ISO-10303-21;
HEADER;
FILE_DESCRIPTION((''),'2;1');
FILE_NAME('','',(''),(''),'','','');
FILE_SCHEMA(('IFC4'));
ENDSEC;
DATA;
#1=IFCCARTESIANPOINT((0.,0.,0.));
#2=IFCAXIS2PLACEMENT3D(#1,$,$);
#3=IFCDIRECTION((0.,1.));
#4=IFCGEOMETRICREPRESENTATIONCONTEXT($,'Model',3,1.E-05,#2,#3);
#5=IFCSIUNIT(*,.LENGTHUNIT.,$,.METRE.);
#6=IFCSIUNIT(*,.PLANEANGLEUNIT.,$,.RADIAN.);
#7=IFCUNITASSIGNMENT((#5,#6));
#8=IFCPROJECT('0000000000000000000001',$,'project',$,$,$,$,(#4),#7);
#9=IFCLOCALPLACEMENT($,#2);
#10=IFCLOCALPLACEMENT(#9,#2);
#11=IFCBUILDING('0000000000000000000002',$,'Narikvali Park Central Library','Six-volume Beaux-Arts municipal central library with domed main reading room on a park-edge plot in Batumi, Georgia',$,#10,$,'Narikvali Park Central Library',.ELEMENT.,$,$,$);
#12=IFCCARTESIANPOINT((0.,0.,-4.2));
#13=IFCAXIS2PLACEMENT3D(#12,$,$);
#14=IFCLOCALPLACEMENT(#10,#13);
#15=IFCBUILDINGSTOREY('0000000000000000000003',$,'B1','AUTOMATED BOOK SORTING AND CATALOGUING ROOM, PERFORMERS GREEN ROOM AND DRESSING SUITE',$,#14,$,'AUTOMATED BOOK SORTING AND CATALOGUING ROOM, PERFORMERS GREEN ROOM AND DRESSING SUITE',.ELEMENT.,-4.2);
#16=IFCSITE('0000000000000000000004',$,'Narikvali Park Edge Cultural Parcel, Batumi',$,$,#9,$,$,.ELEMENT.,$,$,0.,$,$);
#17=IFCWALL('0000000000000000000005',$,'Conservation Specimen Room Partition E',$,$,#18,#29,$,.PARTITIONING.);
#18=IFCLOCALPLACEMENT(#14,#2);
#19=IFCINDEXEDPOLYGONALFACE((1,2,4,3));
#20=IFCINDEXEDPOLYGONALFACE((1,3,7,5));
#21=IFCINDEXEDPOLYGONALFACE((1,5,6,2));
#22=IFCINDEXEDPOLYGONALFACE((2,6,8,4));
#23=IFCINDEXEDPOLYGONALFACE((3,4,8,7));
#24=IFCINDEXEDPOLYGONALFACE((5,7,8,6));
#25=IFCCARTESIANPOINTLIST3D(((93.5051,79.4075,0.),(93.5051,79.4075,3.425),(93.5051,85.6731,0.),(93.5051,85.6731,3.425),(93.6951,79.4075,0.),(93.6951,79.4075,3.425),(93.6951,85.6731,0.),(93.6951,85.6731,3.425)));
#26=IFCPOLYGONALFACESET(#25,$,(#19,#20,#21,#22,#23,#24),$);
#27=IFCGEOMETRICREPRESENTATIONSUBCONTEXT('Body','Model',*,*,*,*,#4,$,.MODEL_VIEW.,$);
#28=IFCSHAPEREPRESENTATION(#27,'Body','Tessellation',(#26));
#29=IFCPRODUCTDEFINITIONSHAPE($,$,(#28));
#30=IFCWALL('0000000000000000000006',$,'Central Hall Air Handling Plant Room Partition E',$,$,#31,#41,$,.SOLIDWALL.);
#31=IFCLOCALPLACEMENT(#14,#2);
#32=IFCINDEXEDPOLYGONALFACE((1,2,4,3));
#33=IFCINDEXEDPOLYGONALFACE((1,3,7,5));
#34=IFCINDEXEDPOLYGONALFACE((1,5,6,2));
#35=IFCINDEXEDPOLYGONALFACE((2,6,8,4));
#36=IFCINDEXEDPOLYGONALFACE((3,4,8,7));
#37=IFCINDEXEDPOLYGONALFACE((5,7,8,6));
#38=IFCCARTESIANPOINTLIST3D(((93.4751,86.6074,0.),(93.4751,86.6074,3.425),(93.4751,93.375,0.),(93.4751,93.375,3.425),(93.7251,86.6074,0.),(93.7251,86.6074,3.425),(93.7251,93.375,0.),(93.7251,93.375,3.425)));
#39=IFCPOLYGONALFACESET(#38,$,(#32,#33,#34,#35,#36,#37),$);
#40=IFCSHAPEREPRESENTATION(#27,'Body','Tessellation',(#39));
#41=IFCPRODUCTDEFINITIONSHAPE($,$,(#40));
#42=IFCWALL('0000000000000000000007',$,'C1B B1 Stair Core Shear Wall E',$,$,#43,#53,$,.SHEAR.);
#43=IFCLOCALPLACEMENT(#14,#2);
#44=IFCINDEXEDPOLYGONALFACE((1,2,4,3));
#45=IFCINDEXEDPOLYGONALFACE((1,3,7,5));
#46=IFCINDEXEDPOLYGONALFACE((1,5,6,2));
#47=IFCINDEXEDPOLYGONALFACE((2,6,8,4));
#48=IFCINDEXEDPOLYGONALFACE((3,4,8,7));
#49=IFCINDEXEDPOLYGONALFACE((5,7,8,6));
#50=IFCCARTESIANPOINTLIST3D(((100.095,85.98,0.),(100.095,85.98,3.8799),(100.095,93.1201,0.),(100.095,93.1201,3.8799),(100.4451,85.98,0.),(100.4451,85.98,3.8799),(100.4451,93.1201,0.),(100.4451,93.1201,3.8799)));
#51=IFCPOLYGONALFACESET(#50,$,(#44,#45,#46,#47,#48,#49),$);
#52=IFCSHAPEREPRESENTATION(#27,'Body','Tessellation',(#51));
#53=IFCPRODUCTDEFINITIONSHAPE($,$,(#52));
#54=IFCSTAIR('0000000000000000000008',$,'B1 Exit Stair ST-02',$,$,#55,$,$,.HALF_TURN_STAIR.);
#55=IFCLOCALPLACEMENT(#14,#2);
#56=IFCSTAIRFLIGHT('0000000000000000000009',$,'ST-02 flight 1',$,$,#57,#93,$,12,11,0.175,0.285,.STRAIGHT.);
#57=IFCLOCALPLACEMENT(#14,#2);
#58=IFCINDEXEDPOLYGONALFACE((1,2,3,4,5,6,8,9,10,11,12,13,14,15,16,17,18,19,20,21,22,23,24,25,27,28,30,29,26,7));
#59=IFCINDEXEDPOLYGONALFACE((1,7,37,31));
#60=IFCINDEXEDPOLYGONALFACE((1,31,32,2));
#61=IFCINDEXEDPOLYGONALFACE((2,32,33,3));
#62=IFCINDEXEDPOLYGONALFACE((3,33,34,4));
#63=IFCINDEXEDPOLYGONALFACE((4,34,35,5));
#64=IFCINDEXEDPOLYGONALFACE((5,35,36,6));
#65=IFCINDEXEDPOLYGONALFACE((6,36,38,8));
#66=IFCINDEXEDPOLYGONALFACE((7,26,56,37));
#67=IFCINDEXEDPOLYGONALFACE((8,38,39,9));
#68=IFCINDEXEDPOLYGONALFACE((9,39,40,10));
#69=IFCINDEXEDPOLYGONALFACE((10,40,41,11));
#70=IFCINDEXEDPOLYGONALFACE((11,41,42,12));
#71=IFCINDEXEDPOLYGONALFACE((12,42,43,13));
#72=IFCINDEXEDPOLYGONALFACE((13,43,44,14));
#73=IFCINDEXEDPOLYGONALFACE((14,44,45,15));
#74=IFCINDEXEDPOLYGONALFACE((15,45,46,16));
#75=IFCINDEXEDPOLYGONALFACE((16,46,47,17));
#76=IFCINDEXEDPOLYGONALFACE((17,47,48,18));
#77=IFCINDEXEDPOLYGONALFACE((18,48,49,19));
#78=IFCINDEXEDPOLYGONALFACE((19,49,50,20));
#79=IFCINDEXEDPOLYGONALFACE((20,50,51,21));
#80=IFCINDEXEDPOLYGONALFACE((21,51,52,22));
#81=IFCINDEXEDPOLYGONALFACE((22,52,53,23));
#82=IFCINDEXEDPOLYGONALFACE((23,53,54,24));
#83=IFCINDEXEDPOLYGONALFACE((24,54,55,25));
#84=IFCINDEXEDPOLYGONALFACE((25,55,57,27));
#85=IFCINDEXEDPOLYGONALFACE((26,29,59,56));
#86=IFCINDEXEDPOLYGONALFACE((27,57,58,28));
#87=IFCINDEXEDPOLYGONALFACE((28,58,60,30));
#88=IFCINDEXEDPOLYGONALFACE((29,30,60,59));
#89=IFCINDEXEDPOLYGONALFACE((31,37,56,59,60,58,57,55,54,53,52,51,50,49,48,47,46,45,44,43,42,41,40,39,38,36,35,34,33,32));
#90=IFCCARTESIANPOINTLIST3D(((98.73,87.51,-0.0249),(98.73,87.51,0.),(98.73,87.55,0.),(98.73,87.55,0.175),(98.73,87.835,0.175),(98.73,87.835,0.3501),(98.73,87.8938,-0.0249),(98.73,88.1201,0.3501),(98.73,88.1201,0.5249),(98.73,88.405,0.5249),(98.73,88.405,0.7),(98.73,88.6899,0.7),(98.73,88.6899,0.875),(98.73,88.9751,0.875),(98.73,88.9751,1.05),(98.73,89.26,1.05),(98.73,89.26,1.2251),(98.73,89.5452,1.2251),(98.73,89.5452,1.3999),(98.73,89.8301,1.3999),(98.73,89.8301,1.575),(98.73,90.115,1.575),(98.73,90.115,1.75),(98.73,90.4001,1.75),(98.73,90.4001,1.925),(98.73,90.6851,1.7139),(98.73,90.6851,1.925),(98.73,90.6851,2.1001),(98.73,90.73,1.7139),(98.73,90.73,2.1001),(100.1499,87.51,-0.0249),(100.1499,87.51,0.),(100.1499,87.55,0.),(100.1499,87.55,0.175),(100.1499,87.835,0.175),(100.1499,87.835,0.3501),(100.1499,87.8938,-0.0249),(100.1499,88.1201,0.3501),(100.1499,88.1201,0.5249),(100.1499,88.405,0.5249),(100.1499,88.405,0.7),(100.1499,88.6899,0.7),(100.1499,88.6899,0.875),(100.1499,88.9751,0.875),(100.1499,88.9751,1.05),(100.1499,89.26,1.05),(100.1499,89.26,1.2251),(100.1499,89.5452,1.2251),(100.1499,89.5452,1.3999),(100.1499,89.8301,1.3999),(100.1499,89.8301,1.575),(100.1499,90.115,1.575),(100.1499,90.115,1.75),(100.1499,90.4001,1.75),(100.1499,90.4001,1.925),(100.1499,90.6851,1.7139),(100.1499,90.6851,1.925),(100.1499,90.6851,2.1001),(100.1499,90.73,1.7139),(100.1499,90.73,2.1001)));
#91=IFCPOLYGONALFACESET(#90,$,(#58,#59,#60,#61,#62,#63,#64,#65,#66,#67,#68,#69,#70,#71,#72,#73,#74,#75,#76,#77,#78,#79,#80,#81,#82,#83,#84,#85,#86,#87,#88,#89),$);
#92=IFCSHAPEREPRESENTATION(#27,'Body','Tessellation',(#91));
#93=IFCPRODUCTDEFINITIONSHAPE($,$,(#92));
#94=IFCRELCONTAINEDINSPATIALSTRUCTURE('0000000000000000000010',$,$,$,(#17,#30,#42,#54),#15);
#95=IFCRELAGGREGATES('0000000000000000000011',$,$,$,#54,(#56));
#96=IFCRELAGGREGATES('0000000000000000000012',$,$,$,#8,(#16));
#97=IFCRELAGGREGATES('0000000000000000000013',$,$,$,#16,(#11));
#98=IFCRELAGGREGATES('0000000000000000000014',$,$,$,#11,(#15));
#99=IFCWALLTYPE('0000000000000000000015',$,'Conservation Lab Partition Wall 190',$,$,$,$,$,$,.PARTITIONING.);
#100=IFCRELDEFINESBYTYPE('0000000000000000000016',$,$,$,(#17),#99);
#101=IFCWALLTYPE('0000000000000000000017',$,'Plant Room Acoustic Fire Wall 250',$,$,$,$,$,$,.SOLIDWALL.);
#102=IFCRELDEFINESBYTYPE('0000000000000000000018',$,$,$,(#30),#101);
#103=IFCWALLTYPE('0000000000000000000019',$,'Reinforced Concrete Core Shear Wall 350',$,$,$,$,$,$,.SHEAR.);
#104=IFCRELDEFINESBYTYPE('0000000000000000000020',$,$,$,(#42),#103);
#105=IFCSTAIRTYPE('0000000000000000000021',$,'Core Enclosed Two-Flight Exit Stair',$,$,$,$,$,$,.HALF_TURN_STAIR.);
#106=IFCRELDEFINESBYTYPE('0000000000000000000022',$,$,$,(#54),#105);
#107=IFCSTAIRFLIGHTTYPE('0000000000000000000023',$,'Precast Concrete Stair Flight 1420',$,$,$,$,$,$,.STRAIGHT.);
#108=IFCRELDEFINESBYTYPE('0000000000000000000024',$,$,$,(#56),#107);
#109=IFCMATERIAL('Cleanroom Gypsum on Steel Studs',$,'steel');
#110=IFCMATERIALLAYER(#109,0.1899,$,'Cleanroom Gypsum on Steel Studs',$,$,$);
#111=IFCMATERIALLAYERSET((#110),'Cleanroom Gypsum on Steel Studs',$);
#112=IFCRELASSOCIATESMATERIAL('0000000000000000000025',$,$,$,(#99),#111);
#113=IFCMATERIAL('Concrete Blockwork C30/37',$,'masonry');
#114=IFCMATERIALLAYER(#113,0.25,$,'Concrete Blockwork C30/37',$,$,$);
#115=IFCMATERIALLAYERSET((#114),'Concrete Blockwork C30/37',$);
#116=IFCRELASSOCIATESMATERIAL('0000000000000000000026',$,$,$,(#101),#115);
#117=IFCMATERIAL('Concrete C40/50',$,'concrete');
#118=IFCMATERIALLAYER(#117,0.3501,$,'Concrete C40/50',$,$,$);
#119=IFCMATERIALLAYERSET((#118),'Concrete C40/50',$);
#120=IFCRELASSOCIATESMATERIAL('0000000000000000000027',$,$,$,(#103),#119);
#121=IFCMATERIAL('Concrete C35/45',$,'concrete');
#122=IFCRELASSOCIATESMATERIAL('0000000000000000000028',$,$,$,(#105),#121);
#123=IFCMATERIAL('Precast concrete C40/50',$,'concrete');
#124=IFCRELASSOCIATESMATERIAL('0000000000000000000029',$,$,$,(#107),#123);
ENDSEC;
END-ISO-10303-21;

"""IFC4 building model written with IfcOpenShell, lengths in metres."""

from ifc_helpers import new_model, si_unit, direction, frame, frame_2d, origin, place, context, subcontext, project, spatial, polyline, rectangle, outline, extrude, material, layer, layer_set, type_object, element, aggregate, save


model = new_model("IFC4")

# Units and contexts
model_context = context("Model", 3, precision=1e-05, world=origin(), true_north=direction((0.0, 1.0)))
body_context = subcontext(model_context, "Body", "Model", "MODEL_VIEW")
ifc_project = project(units=[si_unit("LENGTHUNIT", "METRE"), si_unit("PLANEANGLEUNIT", "RADIAN")], contexts=[model_context])

# Site, building, storey
site_placement = place(None, origin())
site = spatial("IfcSite", under=ifc_project, at=site_placement, Name="Narikvali Park Edge Cultural Parcel, Batumi", CompositionType="ELEMENT", RefElevation=0.0)
building_placement = place(site_placement, origin())
building = spatial("IfcBuilding", under=site, at=building_placement, Name="Narikvali Park Central Library", Description="Six-volume Beaux-Arts municipal central library with domed main reading room on a park-edge plot in Batumi, Georgia", LongName="Narikvali Park Central Library", CompositionType="ELEMENT")
storey_placement = place(building_placement, frame((0.0, 0.0, -4.2)))
storey = spatial("IfcBuildingStorey", under=building, at=storey_placement, Name="B1", Description="AUTOMATED BOOK SORTING AND CATALOGUING ROOM, PERFORMERS GREEN ROOM AND DRESSING SUITE", LongName="AUTOMATED BOOK SORTING AND CATALOGUING ROOM, PERFORMERS GREEN ROOM AND DRESSING SUITE", CompositionType="ELEMENT", Elevation=-4.2)

# Shared definitions
ifc_material_1 = material(Name="Concrete C35/45", Category="concrete")

# Walls
ifc_material_2 = material(Name="Cleanroom Gypsum on Steel Studs", Category="steel")
ifc_layer_1 = layer(ifc_material_2, 0.1899, Name="Cleanroom Gypsum on Steel Studs")
ifc_layer_set_1 = layer_set([ifc_layer_1], Name="Cleanroom Gypsum on Steel Studs")
wall_type_1 = type_object("IfcWallType", Name="Conservation Lab Partition Wall 190", PredefinedType="PARTITIONING", material=ifc_layer_set_1)
wall_1_placement = place(storey_placement, frame((93.6001, 79.4075, 0.0), z_axis=(0.0, 0.0, 1.0), x_axis=(0.0, 1.0, 0.0)))
element("IfcWall", 1, at=wall_1_placement, inside=storey, type_object=wall_type_1, Name="Conservation Specimen Room Partition E", PredefinedType="PARTITIONING", context=body_context, shape_type="SweptSolid", body=[
    extrude(rectangle(XDim=6.2656, YDim=0.1899, at=frame_2d((3.1328, 0.0))), origin(), (0.0, 0.0, 1.0), 3.425),
])
ifc_material_3 = material(Name="Concrete Blockwork C30/37", Category="masonry")
ifc_layer_2 = layer(ifc_material_3, 0.25, Name="Concrete Blockwork C30/37")
ifc_layer_set_2 = layer_set([ifc_layer_2], Name="Concrete Blockwork C30/37")
wall_type_2 = type_object("IfcWallType", Name="Plant Room Acoustic Fire Wall 250", PredefinedType="SOLIDWALL", material=ifc_layer_set_2)
wall_2_placement = place(storey_placement, frame((93.6001, 86.6074, 0.0), z_axis=(0.0, 0.0, 1.0), x_axis=(0.0, 1.0, 0.0)))
element("IfcWall", 2, at=wall_2_placement, inside=storey, type_object=wall_type_2, Name="Central Hall Air Handling Plant Room Partition E", PredefinedType="SOLIDWALL", context=body_context, shape_type="SweptSolid", body=[
    extrude(rectangle(XDim=6.7676, YDim=0.25, at=frame_2d((3.3838, 0.0))), origin(), (0.0, 0.0, 1.0), 3.425),
])

# Shared definitions
ifc_material_4 = material(Name="Concrete C40/50", Category="concrete")
ifc_layer_3 = layer(ifc_material_4, 0.3501, Name="Concrete C40/50")
ifc_layer_set_3 = layer_set([ifc_layer_3], Name="Concrete C40/50")
wall_type_3 = type_object("IfcWallType", Name="Reinforced Concrete Core Shear Wall 350", PredefinedType="SHEAR", material=ifc_layer_set_3)

# Wall
wall_3_placement = place(storey_placement, frame((100.27, 85.98, 0.0), z_axis=(0.0, 0.0, 1.0), x_axis=(0.0, 1.0, 0.0)))
element("IfcWall", 3, at=wall_3_placement, inside=storey, type_object=wall_type_3, Name="C1B B1 Stair Core Shear Wall E", PredefinedType="SHEAR", context=body_context, shape_type="SweptSolid", body=[
    extrude(rectangle(XDim=7.1401, YDim=0.3501, at=frame_2d((3.5701, 0.0))), origin(), (0.0, 0.0, 1.0), 3.8799),
])

# Stair, stair flight
stair_type = type_object("IfcStairType", Name="Core Enclosed Two-Flight Exit Stair", PredefinedType="HALF_TURN_STAIR", material=ifc_material_1)
stair_placement = place(storey_placement, origin())
stair = element("IfcStair", 4, at=stair_placement, inside=storey, type_object=stair_type, Name="B1 Exit Stair ST-02", PredefinedType="HALF_TURN_STAIR")
ifc_material_5 = material(Name="Precast concrete C40/50", Category="concrete")
stair_flight_type = type_object("IfcStairFlightType", Name="Precast Concrete Stair Flight 1420", PredefinedType="STRAIGHT", material=ifc_material_5)
stair_flight_placement = place(storey_placement, frame((99.4399, 87.55, 0.0), z_axis=(0.0, 0.0, 1.0), x_axis=(0.0, 1.0, 0.0)))
stair_flight = element("IfcStairFlight", 5, at=stair_flight_placement, type_object=stair_flight_type, Name="ST-02 flight 1", NumberOfRisers=12, NumberOfTreads=11, PredefinedType="STRAIGHT", RiserHeight=0.175, TreadLength=0.285, context=body_context, shape_type="SweptSolid", body=[
    extrude(outline(polyline([(-0.04, -0.0249), (-0.04, 0.0), (0.0, 0.0), (0.0, 0.175), (0.2849, 0.175), (0.2849, 0.3501), (0.5701, 0.3501), (0.5701, 0.5249), (0.855, 0.5249), (0.855, 0.7), (1.1399, 0.7), (1.1399, 0.875), (1.425, 0.875), (1.425, 1.05), (1.71, 1.05), (1.71, 1.2251), (1.9951, 1.2251), (1.9951, 1.3999), (2.28, 1.3999), (2.28, 1.575), (2.5649, 1.575), (2.5649, 1.75), (2.8501, 1.75), (2.8501, 1.925), (3.135, 1.925), (3.135, 2.1001), (3.1799, 2.1001), (3.1799, 1.7139), (3.135, 1.7139), (0.3438, -0.0249), (-0.04, -0.0249)])), frame((0.0, 0.71, 0.0), z_axis=(0.0, -1.0, 0.0), x_axis=(1.0, 0.0, 0.0)), (0.0, 0.0, 1.0), 1.4199),
])
aggregate(stair, [stair_flight])

save(model, "model.ifc")
